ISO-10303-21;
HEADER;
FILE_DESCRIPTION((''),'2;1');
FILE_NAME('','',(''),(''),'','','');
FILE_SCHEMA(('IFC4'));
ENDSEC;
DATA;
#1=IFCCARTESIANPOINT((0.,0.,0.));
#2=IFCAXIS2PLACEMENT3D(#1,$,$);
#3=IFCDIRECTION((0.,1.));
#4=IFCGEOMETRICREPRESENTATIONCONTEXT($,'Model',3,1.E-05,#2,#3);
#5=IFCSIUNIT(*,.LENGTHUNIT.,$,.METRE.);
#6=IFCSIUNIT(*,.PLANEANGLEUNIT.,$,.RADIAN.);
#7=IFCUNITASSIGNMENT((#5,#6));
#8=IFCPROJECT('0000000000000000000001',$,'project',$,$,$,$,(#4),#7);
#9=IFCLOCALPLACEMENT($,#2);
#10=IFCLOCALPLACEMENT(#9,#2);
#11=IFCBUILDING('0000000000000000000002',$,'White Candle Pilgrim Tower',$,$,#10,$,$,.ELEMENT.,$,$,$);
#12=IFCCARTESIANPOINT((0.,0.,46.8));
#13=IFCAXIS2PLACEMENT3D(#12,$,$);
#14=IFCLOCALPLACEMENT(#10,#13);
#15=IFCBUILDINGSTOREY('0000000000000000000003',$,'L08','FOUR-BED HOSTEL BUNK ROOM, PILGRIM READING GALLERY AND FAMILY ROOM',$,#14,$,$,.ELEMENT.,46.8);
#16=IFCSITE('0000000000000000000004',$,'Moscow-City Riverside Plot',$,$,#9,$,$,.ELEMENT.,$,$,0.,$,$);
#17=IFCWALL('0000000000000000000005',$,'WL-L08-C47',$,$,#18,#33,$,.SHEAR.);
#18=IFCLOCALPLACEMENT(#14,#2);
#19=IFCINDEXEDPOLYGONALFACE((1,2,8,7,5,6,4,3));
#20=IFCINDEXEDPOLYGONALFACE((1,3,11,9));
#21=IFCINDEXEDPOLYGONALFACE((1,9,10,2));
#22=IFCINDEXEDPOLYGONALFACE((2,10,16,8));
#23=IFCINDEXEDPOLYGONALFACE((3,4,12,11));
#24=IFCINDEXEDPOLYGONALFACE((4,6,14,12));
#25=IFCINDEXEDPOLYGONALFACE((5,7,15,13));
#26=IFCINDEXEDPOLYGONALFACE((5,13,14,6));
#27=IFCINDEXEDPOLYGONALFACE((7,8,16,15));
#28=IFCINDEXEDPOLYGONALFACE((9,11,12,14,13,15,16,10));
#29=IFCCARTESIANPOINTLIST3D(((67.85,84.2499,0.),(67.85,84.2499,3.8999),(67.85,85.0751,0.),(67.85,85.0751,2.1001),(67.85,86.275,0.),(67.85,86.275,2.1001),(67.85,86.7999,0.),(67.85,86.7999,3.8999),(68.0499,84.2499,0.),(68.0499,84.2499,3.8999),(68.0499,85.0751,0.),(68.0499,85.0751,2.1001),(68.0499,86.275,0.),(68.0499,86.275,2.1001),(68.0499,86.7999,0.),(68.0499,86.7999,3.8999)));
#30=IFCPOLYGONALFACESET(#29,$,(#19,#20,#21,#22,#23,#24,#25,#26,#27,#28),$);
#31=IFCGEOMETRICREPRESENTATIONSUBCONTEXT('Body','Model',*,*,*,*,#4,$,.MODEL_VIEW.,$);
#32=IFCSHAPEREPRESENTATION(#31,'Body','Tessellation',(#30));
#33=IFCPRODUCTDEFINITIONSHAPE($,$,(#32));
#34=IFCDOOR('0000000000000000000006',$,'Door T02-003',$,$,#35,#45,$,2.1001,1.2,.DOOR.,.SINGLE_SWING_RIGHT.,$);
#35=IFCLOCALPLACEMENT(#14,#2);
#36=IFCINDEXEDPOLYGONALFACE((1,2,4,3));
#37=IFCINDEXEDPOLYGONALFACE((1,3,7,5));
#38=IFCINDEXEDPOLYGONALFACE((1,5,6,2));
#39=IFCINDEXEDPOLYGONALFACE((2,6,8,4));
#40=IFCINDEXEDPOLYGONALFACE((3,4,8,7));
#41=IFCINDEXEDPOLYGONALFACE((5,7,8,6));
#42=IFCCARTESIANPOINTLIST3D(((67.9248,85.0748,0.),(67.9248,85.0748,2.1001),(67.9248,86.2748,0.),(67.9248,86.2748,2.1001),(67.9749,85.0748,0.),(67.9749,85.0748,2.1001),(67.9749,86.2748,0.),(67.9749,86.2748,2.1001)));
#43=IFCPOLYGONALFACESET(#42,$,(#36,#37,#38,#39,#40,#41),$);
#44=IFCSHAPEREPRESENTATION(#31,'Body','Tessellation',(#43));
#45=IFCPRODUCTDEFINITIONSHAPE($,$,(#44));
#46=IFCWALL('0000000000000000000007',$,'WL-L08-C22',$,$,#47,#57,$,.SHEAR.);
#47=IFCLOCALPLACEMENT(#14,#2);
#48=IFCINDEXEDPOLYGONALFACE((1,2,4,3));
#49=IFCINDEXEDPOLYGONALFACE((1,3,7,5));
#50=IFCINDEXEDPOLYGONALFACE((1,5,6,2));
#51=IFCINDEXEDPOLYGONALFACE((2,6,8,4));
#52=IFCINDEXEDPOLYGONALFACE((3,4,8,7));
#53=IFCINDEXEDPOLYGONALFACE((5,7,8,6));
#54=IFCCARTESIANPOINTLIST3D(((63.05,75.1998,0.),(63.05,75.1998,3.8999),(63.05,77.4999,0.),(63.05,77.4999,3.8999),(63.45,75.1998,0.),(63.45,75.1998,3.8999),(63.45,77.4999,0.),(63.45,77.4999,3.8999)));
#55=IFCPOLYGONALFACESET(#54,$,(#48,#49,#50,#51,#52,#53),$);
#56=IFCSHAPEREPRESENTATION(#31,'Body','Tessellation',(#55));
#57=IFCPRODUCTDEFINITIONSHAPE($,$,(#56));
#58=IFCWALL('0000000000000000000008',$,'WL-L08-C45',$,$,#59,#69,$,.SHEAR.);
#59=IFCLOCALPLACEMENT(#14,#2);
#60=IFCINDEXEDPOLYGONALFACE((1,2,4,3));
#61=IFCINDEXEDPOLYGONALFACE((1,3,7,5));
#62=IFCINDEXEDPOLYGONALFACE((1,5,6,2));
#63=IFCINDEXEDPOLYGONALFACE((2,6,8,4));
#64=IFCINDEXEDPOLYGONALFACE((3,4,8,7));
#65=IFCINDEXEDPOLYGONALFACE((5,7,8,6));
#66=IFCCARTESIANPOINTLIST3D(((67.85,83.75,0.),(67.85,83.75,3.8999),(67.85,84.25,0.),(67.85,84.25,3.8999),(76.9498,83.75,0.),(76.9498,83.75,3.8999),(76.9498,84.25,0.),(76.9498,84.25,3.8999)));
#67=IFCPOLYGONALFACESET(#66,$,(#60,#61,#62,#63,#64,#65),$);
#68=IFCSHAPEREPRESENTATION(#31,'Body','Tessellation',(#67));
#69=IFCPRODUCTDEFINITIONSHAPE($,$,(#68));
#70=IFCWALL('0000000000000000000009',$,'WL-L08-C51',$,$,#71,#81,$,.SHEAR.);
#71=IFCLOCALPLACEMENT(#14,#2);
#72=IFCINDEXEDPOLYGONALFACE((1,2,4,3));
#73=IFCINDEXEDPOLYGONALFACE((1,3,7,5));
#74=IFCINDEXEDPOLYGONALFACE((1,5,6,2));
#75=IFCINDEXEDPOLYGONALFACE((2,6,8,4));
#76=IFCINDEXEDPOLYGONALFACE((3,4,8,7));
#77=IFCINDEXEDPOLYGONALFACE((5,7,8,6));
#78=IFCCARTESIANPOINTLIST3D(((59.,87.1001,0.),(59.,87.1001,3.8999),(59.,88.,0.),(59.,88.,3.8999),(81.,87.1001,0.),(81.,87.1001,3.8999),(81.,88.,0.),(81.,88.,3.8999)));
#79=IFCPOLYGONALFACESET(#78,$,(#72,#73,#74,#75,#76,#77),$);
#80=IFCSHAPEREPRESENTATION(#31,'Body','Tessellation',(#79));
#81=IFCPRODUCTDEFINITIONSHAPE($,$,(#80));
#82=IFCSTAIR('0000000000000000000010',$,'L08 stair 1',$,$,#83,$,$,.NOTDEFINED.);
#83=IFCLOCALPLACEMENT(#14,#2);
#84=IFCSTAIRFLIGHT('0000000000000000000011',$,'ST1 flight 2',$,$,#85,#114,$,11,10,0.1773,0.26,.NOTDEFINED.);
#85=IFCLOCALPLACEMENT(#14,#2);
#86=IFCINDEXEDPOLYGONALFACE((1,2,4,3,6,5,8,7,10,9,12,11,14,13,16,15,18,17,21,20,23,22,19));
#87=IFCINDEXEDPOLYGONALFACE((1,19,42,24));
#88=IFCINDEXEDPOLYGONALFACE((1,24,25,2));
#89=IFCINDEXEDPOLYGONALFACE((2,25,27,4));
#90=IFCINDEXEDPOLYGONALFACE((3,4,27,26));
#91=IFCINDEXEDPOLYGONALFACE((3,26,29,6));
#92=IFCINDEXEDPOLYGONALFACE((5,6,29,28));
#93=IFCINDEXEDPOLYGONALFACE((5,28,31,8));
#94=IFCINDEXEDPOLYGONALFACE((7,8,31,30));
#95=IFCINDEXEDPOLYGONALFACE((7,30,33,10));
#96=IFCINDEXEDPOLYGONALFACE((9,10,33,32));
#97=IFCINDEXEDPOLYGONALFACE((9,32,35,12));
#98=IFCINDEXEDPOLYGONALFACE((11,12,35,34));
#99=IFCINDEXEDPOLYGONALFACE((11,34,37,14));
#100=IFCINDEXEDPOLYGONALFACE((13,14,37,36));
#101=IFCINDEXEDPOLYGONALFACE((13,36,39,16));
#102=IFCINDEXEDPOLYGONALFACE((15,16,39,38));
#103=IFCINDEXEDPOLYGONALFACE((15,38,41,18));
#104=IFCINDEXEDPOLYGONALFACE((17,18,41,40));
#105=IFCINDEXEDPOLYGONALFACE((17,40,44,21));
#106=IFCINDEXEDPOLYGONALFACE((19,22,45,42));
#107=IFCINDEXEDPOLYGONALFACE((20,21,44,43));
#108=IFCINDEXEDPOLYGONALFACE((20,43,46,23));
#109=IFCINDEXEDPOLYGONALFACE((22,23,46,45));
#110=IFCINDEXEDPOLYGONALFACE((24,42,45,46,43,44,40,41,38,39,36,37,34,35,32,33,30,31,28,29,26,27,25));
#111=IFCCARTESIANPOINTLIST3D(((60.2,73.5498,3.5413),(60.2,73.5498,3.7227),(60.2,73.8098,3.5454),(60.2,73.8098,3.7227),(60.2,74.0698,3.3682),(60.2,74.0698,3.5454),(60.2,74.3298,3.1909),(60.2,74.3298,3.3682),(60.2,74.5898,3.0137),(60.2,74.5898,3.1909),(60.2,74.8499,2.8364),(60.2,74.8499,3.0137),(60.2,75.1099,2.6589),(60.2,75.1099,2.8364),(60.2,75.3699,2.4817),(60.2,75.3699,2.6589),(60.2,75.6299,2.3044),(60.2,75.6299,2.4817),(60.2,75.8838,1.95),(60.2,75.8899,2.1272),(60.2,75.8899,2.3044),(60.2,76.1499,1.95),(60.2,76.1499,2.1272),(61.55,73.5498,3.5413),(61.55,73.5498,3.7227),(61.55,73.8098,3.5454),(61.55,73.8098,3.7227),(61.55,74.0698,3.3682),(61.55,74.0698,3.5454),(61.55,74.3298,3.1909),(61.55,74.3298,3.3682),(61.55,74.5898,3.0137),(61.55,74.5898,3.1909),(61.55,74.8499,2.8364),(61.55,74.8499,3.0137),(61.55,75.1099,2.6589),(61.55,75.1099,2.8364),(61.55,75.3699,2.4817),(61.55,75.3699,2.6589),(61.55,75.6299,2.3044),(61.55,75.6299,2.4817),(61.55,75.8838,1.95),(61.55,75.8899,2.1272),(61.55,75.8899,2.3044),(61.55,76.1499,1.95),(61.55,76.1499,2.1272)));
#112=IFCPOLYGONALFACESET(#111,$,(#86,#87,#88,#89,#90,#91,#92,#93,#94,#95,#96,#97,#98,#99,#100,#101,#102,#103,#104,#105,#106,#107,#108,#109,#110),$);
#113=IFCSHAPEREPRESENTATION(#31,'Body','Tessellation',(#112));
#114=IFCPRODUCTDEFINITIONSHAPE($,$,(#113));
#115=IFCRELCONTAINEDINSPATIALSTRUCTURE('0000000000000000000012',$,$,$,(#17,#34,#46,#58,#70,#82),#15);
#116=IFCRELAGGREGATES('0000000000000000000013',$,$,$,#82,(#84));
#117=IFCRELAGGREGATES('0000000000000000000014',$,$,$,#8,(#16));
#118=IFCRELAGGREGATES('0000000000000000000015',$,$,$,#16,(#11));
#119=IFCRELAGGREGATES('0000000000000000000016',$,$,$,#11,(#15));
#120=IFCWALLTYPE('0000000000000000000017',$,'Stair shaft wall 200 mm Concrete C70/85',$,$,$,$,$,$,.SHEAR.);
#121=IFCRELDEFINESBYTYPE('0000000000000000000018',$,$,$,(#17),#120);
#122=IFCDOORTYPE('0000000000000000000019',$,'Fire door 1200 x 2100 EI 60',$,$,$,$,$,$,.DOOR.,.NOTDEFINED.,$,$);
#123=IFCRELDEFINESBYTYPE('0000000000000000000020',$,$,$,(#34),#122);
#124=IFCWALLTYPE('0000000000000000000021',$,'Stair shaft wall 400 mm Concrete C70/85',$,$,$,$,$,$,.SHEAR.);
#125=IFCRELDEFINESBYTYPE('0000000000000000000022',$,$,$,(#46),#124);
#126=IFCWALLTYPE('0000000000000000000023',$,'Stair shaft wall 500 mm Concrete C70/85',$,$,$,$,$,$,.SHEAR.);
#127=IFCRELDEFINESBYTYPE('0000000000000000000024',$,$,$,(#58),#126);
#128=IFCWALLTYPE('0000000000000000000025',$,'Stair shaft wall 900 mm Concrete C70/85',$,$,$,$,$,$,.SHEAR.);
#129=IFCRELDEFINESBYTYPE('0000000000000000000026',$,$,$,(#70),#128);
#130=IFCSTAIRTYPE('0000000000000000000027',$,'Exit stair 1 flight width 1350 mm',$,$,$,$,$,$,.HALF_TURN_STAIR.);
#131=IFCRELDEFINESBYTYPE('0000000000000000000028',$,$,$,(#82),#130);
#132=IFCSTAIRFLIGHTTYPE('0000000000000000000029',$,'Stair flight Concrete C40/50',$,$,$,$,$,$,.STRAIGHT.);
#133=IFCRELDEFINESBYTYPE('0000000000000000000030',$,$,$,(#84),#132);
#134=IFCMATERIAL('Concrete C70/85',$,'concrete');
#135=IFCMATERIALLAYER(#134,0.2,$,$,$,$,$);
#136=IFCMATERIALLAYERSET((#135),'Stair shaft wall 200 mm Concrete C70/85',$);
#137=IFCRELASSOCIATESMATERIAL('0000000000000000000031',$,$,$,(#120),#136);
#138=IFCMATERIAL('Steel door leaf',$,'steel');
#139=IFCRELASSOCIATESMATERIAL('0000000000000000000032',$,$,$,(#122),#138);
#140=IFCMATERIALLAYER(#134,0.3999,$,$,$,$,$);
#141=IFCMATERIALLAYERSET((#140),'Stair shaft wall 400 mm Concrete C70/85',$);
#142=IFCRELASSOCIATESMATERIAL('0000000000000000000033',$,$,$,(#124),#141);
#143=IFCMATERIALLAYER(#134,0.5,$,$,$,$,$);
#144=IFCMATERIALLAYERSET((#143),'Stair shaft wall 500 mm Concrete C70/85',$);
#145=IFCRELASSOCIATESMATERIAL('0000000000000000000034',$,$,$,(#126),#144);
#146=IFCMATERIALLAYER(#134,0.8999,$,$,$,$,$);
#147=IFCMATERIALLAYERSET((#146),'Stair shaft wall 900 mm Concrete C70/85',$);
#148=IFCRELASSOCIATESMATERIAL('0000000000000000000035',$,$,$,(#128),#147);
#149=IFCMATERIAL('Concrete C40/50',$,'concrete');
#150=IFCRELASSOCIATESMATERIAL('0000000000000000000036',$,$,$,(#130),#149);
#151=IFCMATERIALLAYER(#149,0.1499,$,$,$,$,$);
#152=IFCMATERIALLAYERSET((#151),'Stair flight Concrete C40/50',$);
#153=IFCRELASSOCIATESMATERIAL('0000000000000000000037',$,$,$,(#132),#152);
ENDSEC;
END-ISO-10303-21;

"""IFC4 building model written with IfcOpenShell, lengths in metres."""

from ifc_helpers import new_model, si_unit, direction, frame, frame_2d, origin, place, context, subcontext, project, spatial, polyline, rectangle, outline, extrude, material, layer, layer_set, type_object, element, fill, aggregate, save


model = new_model("IFC4")

# Units and contexts
model_context = context("Model", 3, precision=1e-05, world=origin(), true_north=direction((0.0, 1.0)))
body_context = subcontext(model_context, "Body", "Model", "MODEL_VIEW")
ifc_project = project(units=[si_unit("LENGTHUNIT", "METRE"), si_unit("PLANEANGLEUNIT", "RADIAN")], contexts=[model_context])

# Site, building, storey
site_placement = place(None, origin())
site = spatial("IfcSite", under=ifc_project, at=site_placement, Name="Moscow-City Riverside Plot", CompositionType="ELEMENT", RefElevation=0.0)
building_placement = place(site_placement, origin())
building = spatial("IfcBuilding", under=site, at=building_placement, Name="White Candle Pilgrim Tower", CompositionType="ELEMENT")
storey_placement = place(building_placement, frame((0.0, 0.0, 46.8)))
storey = spatial("IfcBuildingStorey", under=building, at=storey_placement, Name="L08", Description="FOUR-BED HOSTEL BUNK ROOM, PILGRIM READING GALLERY AND FAMILY ROOM", CompositionType="ELEMENT", Elevation=46.8)

# Shared definitions
ifc_material_1 = material(Name="Concrete C70/85", Category="concrete")
ifc_material_2 = material(Name="Steel door leaf", Category="steel")

# Shared definitions
ifc_layer_1 = layer(ifc_material_1, 0.2)
ifc_layer_set_1 = layer_set([ifc_layer_1], Name="Stair shaft wall 200 mm Concrete C70/85")
wall_type_1 = type_object("IfcWallType", Name="Stair shaft wall 200 mm Concrete C70/85", PredefinedType="SHEAR", material=ifc_layer_set_1)

# Wall, opening, door
wall_1_placement = place(storey_placement, frame((67.95, 84.25, 0.0), z_axis=(0.0, 0.0, 1.0), x_axis=(0.0, 1.0, 0.0)))
wall_1 = element("IfcWall", 1, at=wall_1_placement, inside=storey, type_object=wall_type_1, Name="WL-L08-C47", PredefinedType="SHEAR", context=body_context, shape_type="SweptSolid", body=[
    extrude(rectangle(XDim=2.55, YDim=0.2, at=frame_2d((1.2749, 0.0))), origin(), (0.0, 0.0, 1.0), 3.8999),
])
opening_1_placement = place(wall_1_placement, frame((0.825, 0.0, 0.0)))
opening_1 = element("IfcOpeningElement", 2, at=opening_1_placement, cuts=wall_1, PredefinedType="OPENING", context=body_context, shape_type="SweptSolid", body=[
    extrude(rectangle(XDim=1.2, YDim=2.1001, at=frame_2d((0.6001, 1.05))), frame((0.0, 0.1099, 0.0), z_axis=(0.0, -1.0, 0.0), x_axis=(1.0, 0.0, 0.0)), (0.0, 0.0, 1.0), 0.22),
])
door_type_1 = type_object("IfcDoorType", Name="Fire door 1200 x 2100 EI 60", OperationType="NOTDEFINED", PredefinedType="DOOR", material=ifc_material_2)
door_1_placement = place(opening_1_placement, frame((1.2, 0.0, 0.0), z_axis=(0.0, 0.0, 1.0), x_axis=(-1.0, 0.0, 0.0)))
door_1 = element("IfcDoor", 3, at=door_1_placement, inside=storey, type_object=door_type_1, Name="Door T02-003", OperationType="SINGLE_SWING_RIGHT", OverallHeight=2.1001, OverallWidth=1.2, PredefinedType="DOOR", context=body_context, shape_type="SweptSolid", body=[
    extrude(rectangle(XDim=1.2, YDim=2.1001, at=frame_2d((0.6001, 1.05))), frame((0.0, 0.0249, 0.0), z_axis=(0.0, -1.0, 0.0), x_axis=(1.0, 0.0, 0.0)), (0.0, 0.0, 1.0), 0.05),
])
fill(opening_1, door_1)

# Walls
ifc_layer_2 = layer(ifc_material_1, 0.3999)
ifc_layer_set_2 = layer_set([ifc_layer_2], Name="Stair shaft wall 400 mm Concrete C70/85")
wall_type_2 = type_object("IfcWallType", Name="Stair shaft wall 400 mm Concrete C70/85", PredefinedType="SHEAR", material=ifc_layer_set_2)
wall_2_placement = place(storey_placement, frame((63.25, 75.2, 0.0), z_axis=(0.0, 0.0, 1.0), x_axis=(0.0, 1.0, 0.0)))
element("IfcWall", 4, at=wall_2_placement, inside=storey, type_object=wall_type_2, Name="WL-L08-C22", PredefinedType="SHEAR", context=body_context, shape_type="SweptSolid", body=[
    extrude(rectangle(XDim=2.3, YDim=0.3999, at=frame_2d((1.1499, 0.0))), origin(), (0.0, 0.0, 1.0), 3.8999),
])
ifc_layer_3 = layer(ifc_material_1, 0.5)
ifc_layer_set_3 = layer_set([ifc_layer_3], Name="Stair shaft wall 500 mm Concrete C70/85")
wall_type_3 = type_object("IfcWallType", Name="Stair shaft wall 500 mm Concrete C70/85", PredefinedType="SHEAR", material=ifc_layer_set_3)
wall_3_placement = place(storey_placement, frame((67.8501, 84.0, 0.0), z_axis=(0.0, 0.0, 1.0), x_axis=(1.0, 0.0, 0.0)))
element("IfcWall", 5, at=wall_3_placement, inside=storey, type_object=wall_type_3, Name="WL-L08-C45", PredefinedType="SHEAR", context=body_context, shape_type="SweptSolid", body=[
    extrude(rectangle(XDim=9.0999, YDim=0.5, at=frame_2d((4.5498, 0.0))), origin(), (0.0, 0.0, 1.0), 3.8999),
])
ifc_layer_4 = layer(ifc_material_1, 0.8999)
ifc_layer_set_4 = layer_set([ifc_layer_4], Name="Stair shaft wall 900 mm Concrete C70/85")
wall_type_4 = type_object("IfcWallType", Name="Stair shaft wall 900 mm Concrete C70/85", PredefinedType="SHEAR", material=ifc_layer_set_4)
wall_4_placement = place(storey_placement, frame((59.0, 87.55, 0.0), z_axis=(0.0, 0.0, 1.0), x_axis=(1.0, 0.0, 0.0)))
element("IfcWall", 6, at=wall_4_placement, inside=storey, type_object=wall_type_4, Name="WL-L08-C51", PredefinedType="SHEAR", context=body_context, shape_type="SweptSolid", body=[
    extrude(rectangle(XDim=22.0, YDim=0.8999, at=frame_2d((11.0, 0.0))), origin(), (0.0, 0.0, 1.0), 3.8999),
])

# Stair, stair flight
ifc_material_3 = material(Name="Concrete C40/50", Category="concrete")
stair_type = type_object("IfcStairType", Name="Exit stair 1 flight width 1350 mm", PredefinedType="HALF_TURN_STAIR", material=ifc_material_3)
stair_placement = place(storey_placement, origin())
stair = element("IfcStair", 7, at=stair_placement, inside=storey, type_object=stair_type, Name="L08 stair 1", PredefinedType="NOTDEFINED")
ifc_layer_5 = layer(ifc_material_3, 0.1499)
ifc_layer_set_5 = layer_set([ifc_layer_5], Name="Stair flight Concrete C40/50")
stair_flight_type = type_object("IfcStairFlightType", Name="Stair flight Concrete C40/50", PredefinedType="STRAIGHT", material=ifc_layer_set_5)
stair_flight_placement = place(storey_placement, frame((60.875, 76.1499, 1.95), z_axis=(0.0, 0.0, 1.0), x_axis=(0.0, -1.0, 0.0)))
stair_flight = element("IfcStairFlight", 8, at=stair_flight_placement, type_object=stair_flight_type, Name="ST1 flight 2", NumberOfRisers=11, NumberOfTreads=10, PredefinedType="NOTDEFINED", RiserHeight=0.1773, TreadLength=0.26, context=body_context, shape_type="SweptSolid", body=[
    extrude(outline(polyline([(0.0, 0.0), (0.0, 0.1772), (0.26, 0.1772), (0.26, 0.3545), (0.52, 0.3545), (0.52, 0.5317), (0.78, 0.5317), (0.78, 0.709), (1.04, 0.709), (1.04, 0.8865), (1.3, 0.8865), (1.3, 1.0637), (1.5601, 1.0637), (1.5601, 1.241), (1.8201, 1.241), (1.8201, 1.4182), (2.0801, 1.4182), (2.0801, 1.5955), (2.3401, 1.5955), (2.3401, 1.7727), (2.6001, 1.7727), (2.6001, 1.95), (2.6001, 1.5913), (0.2661, 0.0), (0.0, 0.0)])), frame((0.0, 0.675, 0.0), z_axis=(0.0, -1.0, 0.0), x_axis=(1.0, 0.0, 0.0)), (0.0, 0.0, 1.0), 1.3501),
])
aggregate(stair, [stair_flight])

save(model, "model.ifc")
